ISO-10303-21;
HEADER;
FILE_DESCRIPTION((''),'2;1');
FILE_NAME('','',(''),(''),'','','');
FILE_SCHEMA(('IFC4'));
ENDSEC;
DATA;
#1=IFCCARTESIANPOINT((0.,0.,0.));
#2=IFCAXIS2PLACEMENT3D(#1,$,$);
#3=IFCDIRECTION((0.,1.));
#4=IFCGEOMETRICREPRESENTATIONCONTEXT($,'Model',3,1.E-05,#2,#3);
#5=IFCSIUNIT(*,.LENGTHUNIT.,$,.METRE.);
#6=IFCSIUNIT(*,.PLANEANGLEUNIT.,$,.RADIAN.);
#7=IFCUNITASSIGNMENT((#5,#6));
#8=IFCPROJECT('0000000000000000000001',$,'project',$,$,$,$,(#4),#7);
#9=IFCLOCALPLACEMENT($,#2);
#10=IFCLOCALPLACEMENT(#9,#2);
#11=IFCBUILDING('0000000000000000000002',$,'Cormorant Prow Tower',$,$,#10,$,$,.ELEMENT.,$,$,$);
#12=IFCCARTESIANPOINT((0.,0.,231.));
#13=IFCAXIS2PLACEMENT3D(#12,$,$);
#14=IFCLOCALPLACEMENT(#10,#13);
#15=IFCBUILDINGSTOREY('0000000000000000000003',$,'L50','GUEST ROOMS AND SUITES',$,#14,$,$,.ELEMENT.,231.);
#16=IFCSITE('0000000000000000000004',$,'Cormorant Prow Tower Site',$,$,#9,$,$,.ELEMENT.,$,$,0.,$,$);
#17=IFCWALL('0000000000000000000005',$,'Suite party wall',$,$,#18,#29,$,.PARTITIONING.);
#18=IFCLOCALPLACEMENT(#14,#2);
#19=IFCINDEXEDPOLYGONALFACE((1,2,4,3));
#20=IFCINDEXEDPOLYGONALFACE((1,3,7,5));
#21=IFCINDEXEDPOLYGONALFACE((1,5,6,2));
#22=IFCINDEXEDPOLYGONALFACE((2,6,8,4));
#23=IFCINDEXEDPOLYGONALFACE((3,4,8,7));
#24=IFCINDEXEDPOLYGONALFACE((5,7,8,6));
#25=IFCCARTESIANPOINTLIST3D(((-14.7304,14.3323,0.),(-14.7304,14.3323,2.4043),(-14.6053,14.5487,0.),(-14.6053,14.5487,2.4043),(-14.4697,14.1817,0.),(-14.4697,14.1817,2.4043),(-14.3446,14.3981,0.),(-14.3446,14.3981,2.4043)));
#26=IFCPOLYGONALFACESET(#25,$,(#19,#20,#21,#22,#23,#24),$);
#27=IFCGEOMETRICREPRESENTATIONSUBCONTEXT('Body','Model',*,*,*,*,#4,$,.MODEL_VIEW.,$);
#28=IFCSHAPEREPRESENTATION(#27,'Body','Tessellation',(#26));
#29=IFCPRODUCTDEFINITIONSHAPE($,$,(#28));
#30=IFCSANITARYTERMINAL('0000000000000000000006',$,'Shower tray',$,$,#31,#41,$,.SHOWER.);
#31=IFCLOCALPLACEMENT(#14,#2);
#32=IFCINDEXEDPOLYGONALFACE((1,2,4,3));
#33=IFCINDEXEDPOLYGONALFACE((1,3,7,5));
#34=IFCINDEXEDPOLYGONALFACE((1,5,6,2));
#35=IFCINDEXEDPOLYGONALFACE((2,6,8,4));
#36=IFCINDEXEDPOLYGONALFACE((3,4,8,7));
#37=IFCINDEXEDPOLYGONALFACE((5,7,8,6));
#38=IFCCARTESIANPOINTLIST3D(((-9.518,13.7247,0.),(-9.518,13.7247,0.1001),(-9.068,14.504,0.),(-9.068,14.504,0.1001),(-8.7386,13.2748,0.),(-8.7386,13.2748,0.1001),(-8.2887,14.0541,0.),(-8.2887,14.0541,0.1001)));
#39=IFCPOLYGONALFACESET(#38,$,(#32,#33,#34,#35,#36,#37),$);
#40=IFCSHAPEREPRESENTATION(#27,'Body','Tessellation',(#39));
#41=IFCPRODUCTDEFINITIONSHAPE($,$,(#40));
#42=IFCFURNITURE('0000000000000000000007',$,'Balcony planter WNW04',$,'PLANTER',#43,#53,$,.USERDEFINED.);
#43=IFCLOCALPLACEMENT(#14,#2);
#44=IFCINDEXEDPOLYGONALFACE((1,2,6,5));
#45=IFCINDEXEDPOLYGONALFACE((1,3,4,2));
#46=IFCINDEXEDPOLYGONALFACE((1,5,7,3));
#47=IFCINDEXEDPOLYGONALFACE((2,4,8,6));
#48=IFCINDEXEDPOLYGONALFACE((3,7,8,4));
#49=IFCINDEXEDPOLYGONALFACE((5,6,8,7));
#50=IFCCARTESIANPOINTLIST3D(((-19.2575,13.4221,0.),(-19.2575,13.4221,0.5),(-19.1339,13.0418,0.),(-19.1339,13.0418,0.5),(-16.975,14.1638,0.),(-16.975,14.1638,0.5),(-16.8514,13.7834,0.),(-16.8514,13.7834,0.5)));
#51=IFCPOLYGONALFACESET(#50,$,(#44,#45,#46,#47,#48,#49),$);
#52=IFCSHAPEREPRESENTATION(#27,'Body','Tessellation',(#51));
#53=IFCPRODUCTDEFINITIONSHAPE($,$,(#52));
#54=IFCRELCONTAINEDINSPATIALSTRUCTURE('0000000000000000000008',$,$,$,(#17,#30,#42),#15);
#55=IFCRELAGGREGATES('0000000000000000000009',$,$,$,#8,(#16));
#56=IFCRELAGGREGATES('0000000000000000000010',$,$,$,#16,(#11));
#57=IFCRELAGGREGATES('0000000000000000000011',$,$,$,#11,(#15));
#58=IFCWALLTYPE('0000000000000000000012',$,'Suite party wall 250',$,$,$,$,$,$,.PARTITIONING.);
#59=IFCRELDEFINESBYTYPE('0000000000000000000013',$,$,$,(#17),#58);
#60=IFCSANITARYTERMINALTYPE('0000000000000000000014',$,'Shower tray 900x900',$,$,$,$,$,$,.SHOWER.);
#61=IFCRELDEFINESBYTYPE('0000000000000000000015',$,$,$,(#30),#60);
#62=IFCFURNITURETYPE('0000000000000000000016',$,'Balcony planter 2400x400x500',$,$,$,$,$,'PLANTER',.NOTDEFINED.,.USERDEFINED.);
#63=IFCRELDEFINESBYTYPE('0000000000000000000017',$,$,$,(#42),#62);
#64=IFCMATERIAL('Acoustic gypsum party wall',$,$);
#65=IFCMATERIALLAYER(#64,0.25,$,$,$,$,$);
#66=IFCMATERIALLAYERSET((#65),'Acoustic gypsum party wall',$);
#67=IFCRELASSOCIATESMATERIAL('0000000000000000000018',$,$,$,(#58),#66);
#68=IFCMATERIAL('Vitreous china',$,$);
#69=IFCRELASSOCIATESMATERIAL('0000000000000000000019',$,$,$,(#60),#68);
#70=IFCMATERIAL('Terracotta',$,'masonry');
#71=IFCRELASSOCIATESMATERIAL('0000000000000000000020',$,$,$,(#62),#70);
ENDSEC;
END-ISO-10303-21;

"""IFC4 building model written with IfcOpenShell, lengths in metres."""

from ifc_helpers import new_model, si_unit, direction, frame, frame_2d, origin, origin_2d, place, context, subcontext, project, spatial, rectangle, extrude, material, layer, layer_set, type_object, element, save


model = new_model("IFC4")

# Units and contexts
model_context = context("Model", 3, precision=1e-05, world=origin(), true_north=direction((0.0, 1.0)))
body_context = subcontext(model_context, "Body", "Model", "MODEL_VIEW")
ifc_project = project(units=[si_unit("LENGTHUNIT", "METRE"), si_unit("PLANEANGLEUNIT", "RADIAN")], contexts=[model_context])

# Site, building, storey
site_placement = place(None, origin())
site = spatial("IfcSite", under=ifc_project, at=site_placement, Name="Cormorant Prow Tower Site", CompositionType="ELEMENT", RefElevation=0.0)
building_placement = place(site_placement, origin())
building = spatial("IfcBuilding", under=site, at=building_placement, Name="Cormorant Prow Tower", CompositionType="ELEMENT")
storey_placement = place(building_placement, frame((0.0, 0.0, 231.0)))
storey = spatial("IfcBuildingStorey", under=building, at=storey_placement, Name="L50", Description="GUEST ROOMS AND SUITES", CompositionType="ELEMENT", Elevation=231.0)

# Wall
ifc_material_1 = material(Name="Acoustic gypsum party wall")
ifc_layer_1 = layer(ifc_material_1, 0.25)
ifc_layer_set_1 = layer_set([ifc_layer_1], Name="Acoustic gypsum party wall")
wall_type_1 = type_object("IfcWallType", Name="Suite party wall 250", PredefinedType="PARTITIONING", material=ifc_layer_set_1)
wall_1_placement = place(storey_placement, frame((-14.6677, 14.4404, 0.0), z_axis=(0.0, 0.0, 1.0), x_axis=(0.865888, -0.500237, 0.0)))
element("IfcWall", 1, at=wall_1_placement, inside=storey, type_object=wall_type_1, Name="Suite party wall", PredefinedType="PARTITIONING", context=body_context, shape_type="SweptSolid", body=[
    extrude(rectangle(XDim=0.301, YDim=0.25, at=frame_2d((0.1504, 0.0))), origin(), (0.0, 0.0, 1.0), 2.4043),
])

# Sanitary terminal
ifc_material_2 = material(Name="Vitreous china")
sanitary_terminal_type = type_object("IfcSanitaryTerminalType", Name="Shower tray 900x900", PredefinedType="SHOWER", material=ifc_material_2)
sanitary_terminal_placement = place(storey_placement, frame((-8.9033, 13.8894, 0.0), z_axis=(0.0, 0.0, 1.0), x_axis=(-0.5, -0.866025, 0.0)))
element("IfcSanitaryTerminal", 2, at=sanitary_terminal_placement, inside=storey, type_object=sanitary_terminal_type, Name="Shower tray", PredefinedType="SHOWER", context=body_context, shape_type="SweptSolid", body=[
    extrude(rectangle(XDim=0.8999, YDim=0.8999, at=origin_2d()), origin(), (0.0, 0.0, 1.0), 0.1001),
])

# Furniture
ifc_material_3 = material(Name="Terracotta", Category="masonry")
furniture_type = type_object("IfcFurnitureType", Name="Balcony planter 2400x400x500", ElementType="PLANTER", AssemblyPlace="NOTDEFINED", PredefinedType="USERDEFINED", material=ifc_material_3)
furniture_placement = place(storey_placement, frame((-18.0544, 13.6028, 0.0), z_axis=(0.0, 0.0, 1.0), x_axis=(-0.951057, -0.309017, 0.0)))
element("IfcFurniture", 3, at=furniture_placement, inside=storey, type_object=furniture_type, Name="Balcony planter WNW04", ObjectType="PLANTER", PredefinedType="USERDEFINED", context=body_context, shape_type="SweptSolid", body=[
    extrude(rectangle(XDim=2.3999, YDim=0.3999, at=origin_2d()), origin(), (0.0, 0.0, 1.0), 0.5),
])

save(model, "model.ifc")
